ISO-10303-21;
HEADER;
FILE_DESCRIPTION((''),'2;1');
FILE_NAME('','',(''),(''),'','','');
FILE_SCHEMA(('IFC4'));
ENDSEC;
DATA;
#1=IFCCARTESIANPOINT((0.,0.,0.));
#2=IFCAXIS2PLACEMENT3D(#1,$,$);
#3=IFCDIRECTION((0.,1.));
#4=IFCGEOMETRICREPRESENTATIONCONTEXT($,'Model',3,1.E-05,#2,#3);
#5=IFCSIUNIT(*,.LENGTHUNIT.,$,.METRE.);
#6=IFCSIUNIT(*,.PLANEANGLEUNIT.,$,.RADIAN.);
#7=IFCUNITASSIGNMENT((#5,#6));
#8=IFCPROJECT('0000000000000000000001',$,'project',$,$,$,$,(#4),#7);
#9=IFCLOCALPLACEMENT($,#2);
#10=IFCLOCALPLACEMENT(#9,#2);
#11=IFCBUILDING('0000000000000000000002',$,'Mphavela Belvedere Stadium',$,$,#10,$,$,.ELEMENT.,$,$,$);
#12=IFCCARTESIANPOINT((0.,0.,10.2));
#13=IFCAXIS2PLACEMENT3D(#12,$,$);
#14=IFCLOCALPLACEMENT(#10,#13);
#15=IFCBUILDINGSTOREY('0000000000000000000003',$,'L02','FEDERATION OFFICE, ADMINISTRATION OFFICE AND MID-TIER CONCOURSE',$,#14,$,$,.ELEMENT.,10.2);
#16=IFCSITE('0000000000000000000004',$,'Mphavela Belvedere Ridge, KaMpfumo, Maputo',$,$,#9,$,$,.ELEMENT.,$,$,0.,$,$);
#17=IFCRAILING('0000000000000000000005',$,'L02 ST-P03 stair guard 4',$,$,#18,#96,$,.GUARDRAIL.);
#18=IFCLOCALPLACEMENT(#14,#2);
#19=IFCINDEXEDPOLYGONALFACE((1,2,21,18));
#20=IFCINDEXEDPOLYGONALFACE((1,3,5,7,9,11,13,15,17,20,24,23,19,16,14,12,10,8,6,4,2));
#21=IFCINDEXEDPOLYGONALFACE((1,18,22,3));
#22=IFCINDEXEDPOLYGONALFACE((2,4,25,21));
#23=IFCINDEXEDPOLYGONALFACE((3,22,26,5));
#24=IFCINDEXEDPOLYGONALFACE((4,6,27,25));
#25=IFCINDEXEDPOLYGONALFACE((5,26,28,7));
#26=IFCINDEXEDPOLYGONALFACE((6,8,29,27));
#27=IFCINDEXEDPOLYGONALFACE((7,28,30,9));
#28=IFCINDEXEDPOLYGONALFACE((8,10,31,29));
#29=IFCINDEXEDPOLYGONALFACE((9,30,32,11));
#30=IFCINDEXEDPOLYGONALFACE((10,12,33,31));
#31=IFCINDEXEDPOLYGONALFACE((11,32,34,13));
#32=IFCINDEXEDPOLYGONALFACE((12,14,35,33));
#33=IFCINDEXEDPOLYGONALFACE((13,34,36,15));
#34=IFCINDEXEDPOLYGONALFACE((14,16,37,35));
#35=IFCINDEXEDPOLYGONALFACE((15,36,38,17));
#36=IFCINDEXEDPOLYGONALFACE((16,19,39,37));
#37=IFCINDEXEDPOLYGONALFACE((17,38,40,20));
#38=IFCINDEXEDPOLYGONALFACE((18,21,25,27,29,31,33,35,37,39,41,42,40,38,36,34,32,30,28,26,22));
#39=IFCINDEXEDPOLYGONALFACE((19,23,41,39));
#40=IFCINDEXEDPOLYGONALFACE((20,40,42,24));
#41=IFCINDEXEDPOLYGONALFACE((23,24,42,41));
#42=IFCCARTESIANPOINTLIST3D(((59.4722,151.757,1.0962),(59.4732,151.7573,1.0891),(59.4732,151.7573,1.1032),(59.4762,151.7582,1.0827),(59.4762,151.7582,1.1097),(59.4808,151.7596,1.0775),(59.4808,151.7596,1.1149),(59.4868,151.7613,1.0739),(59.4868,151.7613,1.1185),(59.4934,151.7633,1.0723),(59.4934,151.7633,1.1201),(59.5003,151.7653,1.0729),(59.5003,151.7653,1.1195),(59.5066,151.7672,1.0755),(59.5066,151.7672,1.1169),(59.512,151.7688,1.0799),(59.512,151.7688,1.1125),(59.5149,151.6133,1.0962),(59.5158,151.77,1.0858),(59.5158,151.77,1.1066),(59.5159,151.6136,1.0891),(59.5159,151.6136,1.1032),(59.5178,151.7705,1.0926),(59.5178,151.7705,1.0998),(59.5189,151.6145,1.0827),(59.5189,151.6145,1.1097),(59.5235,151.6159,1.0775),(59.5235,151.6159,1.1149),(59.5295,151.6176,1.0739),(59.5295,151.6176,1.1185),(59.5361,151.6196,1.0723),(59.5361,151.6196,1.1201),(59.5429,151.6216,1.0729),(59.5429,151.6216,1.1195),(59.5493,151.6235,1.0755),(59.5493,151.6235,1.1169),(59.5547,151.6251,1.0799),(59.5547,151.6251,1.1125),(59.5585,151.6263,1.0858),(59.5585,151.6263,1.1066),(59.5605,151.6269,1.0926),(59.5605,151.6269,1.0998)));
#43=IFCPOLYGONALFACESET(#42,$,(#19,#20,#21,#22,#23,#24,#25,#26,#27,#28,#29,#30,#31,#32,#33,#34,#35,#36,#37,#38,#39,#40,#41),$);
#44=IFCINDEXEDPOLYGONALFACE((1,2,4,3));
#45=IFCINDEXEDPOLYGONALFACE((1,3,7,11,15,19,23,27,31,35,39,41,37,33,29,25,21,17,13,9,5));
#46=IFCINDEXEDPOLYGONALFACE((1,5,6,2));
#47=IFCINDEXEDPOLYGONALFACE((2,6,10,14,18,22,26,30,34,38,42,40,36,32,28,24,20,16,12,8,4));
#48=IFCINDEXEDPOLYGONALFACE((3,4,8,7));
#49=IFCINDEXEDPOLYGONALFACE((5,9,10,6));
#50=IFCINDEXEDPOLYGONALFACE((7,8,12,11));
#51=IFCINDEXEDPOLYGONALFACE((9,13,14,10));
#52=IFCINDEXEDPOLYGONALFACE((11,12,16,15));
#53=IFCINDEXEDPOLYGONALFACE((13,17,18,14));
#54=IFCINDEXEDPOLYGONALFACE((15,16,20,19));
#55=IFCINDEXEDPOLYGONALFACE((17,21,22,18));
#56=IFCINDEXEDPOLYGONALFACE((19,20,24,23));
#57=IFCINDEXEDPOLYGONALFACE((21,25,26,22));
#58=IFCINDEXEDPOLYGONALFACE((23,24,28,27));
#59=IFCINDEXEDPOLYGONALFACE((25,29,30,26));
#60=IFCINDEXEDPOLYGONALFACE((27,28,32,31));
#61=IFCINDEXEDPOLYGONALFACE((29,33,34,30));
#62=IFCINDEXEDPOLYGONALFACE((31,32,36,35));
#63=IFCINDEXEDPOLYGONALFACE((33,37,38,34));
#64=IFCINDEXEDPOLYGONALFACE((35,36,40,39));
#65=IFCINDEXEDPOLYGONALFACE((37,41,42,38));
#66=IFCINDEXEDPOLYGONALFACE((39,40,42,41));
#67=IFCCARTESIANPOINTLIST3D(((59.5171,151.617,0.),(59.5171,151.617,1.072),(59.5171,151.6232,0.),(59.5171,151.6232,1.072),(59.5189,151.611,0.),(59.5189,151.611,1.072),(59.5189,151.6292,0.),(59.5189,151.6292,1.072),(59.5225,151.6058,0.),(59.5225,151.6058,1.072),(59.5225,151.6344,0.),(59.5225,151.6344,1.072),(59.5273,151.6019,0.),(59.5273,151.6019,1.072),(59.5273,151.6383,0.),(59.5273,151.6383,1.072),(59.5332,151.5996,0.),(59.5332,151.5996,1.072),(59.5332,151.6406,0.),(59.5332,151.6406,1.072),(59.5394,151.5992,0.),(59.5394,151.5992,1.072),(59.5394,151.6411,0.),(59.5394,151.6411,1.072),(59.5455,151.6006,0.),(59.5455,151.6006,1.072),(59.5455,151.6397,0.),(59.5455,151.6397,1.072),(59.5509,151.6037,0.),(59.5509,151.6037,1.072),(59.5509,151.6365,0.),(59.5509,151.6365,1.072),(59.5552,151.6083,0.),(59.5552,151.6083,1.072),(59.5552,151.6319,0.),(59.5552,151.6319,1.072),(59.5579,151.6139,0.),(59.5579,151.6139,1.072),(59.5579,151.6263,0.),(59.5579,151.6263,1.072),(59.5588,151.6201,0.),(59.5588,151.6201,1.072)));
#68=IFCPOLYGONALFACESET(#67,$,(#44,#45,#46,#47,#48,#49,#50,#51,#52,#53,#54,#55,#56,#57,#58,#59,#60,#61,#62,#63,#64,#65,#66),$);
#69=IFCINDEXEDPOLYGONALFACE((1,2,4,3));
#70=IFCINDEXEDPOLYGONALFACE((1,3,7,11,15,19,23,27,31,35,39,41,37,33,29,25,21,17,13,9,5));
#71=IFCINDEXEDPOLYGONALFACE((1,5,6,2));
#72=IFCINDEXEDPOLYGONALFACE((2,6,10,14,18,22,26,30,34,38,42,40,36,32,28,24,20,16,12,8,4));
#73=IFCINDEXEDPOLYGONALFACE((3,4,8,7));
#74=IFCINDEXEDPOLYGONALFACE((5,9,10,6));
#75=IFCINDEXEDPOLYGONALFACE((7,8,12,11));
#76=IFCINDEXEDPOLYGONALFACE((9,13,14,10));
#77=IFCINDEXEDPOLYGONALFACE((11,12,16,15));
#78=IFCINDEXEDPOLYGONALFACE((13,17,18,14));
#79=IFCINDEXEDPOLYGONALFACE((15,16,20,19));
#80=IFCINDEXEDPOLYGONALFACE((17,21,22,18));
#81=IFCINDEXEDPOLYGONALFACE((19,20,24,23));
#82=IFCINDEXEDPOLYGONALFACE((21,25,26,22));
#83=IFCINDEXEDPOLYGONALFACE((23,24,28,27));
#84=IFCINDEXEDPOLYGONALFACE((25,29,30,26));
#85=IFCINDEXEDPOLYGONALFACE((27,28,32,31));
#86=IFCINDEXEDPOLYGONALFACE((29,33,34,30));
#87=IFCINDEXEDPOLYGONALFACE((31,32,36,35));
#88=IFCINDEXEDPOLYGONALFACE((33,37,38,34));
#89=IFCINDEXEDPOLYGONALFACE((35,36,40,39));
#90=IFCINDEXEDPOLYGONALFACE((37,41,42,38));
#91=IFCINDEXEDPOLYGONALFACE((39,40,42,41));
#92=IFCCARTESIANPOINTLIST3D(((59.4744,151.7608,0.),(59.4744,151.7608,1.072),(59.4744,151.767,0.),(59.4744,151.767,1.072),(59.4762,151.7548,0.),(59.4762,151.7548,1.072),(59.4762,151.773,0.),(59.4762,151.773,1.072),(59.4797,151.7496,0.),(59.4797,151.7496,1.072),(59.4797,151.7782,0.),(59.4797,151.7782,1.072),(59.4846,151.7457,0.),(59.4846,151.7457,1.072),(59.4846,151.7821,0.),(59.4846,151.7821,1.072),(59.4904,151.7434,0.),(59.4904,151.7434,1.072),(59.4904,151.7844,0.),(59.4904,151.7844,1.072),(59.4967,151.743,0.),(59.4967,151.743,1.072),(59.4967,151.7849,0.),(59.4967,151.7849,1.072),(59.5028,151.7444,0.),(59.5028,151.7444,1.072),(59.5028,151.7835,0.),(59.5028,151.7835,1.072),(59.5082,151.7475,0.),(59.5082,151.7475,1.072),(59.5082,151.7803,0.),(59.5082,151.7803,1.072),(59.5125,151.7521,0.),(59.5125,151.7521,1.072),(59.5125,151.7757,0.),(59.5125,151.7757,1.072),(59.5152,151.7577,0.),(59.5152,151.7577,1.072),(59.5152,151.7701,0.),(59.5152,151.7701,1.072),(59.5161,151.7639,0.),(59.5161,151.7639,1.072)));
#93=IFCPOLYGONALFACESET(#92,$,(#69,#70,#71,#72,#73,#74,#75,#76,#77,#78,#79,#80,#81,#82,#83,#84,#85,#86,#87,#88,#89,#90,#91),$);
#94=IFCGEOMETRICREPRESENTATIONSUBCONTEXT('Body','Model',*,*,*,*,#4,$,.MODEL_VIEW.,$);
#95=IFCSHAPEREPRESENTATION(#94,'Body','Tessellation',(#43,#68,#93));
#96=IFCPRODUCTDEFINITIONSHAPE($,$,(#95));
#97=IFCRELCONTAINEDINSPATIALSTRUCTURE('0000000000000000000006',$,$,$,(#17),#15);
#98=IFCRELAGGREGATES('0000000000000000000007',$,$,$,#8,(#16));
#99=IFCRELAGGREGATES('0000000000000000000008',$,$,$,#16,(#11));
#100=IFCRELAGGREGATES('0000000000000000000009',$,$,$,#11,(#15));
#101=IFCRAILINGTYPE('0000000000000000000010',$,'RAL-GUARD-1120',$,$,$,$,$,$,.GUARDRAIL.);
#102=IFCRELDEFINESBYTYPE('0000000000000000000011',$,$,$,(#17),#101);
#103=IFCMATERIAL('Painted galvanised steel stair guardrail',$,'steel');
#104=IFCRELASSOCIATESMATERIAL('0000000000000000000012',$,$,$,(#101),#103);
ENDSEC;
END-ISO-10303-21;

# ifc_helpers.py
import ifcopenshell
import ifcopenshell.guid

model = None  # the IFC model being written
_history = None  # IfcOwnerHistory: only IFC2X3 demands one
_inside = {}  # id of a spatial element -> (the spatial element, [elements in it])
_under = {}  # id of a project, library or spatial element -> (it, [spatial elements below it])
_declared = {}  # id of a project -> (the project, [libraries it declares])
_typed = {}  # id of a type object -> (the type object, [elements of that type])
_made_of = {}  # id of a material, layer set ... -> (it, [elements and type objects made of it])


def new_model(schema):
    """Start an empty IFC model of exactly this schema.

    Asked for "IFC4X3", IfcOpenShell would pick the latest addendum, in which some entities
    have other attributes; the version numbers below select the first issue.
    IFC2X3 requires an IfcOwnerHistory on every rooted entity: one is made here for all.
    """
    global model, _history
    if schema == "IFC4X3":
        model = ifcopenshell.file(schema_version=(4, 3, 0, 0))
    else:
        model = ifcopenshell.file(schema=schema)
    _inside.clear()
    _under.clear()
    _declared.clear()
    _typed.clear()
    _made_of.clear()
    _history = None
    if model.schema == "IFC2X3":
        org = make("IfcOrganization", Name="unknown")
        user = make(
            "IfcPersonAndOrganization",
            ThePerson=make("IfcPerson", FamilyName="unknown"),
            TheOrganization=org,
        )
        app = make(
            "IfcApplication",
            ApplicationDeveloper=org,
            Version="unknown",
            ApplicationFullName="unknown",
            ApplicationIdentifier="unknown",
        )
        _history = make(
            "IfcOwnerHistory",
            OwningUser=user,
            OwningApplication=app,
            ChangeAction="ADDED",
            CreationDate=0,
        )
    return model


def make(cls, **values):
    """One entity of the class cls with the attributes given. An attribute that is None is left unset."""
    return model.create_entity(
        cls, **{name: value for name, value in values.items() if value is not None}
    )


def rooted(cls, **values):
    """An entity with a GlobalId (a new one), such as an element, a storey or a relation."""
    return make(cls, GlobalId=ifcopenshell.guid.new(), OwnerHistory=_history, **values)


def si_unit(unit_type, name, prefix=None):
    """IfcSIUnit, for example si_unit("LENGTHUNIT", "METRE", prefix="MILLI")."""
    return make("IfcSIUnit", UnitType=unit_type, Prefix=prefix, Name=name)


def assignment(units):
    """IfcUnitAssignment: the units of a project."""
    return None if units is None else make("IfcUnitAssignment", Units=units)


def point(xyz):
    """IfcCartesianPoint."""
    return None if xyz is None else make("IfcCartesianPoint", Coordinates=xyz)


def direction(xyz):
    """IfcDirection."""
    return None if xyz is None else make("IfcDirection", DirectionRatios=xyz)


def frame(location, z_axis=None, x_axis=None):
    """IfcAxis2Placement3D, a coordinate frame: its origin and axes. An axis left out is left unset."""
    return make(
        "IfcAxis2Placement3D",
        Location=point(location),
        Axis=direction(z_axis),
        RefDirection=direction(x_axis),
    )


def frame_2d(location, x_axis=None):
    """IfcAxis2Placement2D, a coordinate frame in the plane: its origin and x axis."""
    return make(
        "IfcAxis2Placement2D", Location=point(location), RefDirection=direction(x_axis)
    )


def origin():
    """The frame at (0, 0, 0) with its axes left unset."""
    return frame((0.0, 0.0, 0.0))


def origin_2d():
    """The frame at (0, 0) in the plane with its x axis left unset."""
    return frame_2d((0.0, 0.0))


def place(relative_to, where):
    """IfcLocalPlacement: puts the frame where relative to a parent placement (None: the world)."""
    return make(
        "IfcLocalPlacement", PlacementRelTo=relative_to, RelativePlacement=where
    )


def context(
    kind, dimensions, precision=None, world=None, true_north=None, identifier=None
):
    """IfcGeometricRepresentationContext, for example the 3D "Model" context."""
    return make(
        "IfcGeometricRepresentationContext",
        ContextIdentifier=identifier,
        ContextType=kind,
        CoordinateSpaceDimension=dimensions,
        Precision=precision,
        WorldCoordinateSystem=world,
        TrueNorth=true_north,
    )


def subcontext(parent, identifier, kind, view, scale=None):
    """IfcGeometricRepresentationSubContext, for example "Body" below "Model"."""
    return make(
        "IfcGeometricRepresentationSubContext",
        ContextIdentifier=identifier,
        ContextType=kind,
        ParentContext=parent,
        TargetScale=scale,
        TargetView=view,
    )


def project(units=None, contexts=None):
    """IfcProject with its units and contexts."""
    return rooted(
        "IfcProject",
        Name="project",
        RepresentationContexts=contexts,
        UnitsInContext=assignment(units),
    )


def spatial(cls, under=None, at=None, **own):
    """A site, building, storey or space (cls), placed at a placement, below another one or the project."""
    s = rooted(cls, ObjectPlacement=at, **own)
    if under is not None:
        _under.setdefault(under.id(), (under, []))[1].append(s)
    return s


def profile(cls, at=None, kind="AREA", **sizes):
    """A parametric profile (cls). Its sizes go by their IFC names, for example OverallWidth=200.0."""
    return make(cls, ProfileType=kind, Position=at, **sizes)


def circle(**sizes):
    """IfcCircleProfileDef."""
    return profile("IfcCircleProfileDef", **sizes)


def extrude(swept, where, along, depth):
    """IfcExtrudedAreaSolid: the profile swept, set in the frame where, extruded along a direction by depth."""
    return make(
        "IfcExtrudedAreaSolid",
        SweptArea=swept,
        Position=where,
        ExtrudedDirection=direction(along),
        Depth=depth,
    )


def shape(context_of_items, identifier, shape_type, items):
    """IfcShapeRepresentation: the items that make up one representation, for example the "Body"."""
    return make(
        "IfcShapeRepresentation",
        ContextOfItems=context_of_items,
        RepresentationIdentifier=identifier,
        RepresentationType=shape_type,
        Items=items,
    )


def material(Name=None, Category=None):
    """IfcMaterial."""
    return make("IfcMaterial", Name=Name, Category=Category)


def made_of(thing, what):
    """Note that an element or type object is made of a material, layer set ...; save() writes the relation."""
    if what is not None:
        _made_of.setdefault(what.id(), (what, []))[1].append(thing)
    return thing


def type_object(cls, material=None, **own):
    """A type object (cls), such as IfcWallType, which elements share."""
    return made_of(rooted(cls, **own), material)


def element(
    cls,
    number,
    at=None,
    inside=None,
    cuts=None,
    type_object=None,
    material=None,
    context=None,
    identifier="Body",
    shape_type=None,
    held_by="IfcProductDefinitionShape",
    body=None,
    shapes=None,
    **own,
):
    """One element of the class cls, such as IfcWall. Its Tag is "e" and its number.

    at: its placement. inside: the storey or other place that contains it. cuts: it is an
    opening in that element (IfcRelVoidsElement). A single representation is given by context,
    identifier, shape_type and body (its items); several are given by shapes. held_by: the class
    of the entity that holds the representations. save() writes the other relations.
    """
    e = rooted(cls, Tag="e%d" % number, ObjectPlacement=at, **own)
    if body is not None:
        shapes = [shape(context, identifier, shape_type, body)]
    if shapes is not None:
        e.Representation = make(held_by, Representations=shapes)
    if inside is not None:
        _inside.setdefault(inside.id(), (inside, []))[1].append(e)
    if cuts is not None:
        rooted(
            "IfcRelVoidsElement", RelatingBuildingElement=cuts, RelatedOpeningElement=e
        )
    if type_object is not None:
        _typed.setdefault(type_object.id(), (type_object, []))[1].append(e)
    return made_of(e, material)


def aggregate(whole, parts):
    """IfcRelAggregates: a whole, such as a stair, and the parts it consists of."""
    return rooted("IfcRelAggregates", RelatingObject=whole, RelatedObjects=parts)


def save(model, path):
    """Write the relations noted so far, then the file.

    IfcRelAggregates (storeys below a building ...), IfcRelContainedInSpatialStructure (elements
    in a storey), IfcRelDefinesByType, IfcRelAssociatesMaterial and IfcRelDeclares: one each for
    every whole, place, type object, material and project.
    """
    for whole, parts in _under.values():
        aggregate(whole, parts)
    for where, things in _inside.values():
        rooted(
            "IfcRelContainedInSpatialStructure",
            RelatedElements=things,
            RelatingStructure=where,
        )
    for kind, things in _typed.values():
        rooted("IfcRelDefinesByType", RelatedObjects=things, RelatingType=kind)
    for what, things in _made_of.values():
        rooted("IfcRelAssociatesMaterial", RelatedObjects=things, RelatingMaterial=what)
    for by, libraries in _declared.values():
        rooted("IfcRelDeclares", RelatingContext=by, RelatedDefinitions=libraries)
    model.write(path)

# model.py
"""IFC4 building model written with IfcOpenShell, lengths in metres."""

from ifc_helpers import new_model, si_unit, direction, frame, origin, origin_2d, place, context, subcontext, project, spatial, circle, extrude, material, type_object, element, save


model = new_model("IFC4")

# Units and contexts
model_context = context("Model", 3, precision=1e-05, world=origin(), true_north=direction((0.0, 1.0)))
body_context = subcontext(model_context, "Body", "Model", "MODEL_VIEW")
ifc_project = project(units=[si_unit("LENGTHUNIT", "METRE"), si_unit("PLANEANGLEUNIT", "RADIAN")], contexts=[model_context])

# Site, building, storey
site_placement = place(None, origin())
site = spatial("IfcSite", under=ifc_project, at=site_placement, Name="Mphavela Belvedere Ridge, KaMpfumo, Maputo", CompositionType="ELEMENT", RefElevation=0.0)
building_placement = place(site_placement, origin())
building = spatial("IfcBuilding", under=site, at=building_placement, Name="Mphavela Belvedere Stadium", CompositionType="ELEMENT")
storey_placement = place(building_placement, frame((0.0, 0.0, 10.2)))
storey = spatial("IfcBuildingStorey", under=building, at=storey_placement, Name="L02", Description="FEDERATION OFFICE, ADMINISTRATION OFFICE AND MID-TIER CONCOURSE", CompositionType="ELEMENT", Elevation=10.2)

# Railing
ifc_material_1 = material(Name="Painted galvanised steel stair guardrail", Category="steel")
railing_type_1 = type_object("IfcRailingType", Name="RAL-GUARD-1120", PredefinedType="GUARDRAIL", material=ifc_material_1)
railing_1_placement = place(storey_placement, frame((59.5378, 151.6201, 0.0)))
element("IfcRailing", 1, at=railing_1_placement, inside=storey, type_object=railing_type_1, Name="L02 ST-P03 stair guard 4", PredefinedType="GUARDRAIL", context=body_context, shape_type="SweptSolid", body=[
    extrude(circle(Radius=0.0239, at=origin_2d()), frame((0.0, 0.0, 1.0962), z_axis=(-0.284809, 0.958584, 0.0), x_axis=(-0.958584, -0.284809, 0.0)), (0.0, 0.0, 1.0), 0.1499),
    extrude(circle(Radius=0.021, at=origin_2d()), origin(), (0.0, 0.0, 1.0), 1.072),
    extrude(circle(Radius=0.021, at=origin_2d()), frame((-0.0427, 0.1438, 0.0)), (0.0, 0.0, 1.0), 1.072),
])

save(model, "model.ifc")
